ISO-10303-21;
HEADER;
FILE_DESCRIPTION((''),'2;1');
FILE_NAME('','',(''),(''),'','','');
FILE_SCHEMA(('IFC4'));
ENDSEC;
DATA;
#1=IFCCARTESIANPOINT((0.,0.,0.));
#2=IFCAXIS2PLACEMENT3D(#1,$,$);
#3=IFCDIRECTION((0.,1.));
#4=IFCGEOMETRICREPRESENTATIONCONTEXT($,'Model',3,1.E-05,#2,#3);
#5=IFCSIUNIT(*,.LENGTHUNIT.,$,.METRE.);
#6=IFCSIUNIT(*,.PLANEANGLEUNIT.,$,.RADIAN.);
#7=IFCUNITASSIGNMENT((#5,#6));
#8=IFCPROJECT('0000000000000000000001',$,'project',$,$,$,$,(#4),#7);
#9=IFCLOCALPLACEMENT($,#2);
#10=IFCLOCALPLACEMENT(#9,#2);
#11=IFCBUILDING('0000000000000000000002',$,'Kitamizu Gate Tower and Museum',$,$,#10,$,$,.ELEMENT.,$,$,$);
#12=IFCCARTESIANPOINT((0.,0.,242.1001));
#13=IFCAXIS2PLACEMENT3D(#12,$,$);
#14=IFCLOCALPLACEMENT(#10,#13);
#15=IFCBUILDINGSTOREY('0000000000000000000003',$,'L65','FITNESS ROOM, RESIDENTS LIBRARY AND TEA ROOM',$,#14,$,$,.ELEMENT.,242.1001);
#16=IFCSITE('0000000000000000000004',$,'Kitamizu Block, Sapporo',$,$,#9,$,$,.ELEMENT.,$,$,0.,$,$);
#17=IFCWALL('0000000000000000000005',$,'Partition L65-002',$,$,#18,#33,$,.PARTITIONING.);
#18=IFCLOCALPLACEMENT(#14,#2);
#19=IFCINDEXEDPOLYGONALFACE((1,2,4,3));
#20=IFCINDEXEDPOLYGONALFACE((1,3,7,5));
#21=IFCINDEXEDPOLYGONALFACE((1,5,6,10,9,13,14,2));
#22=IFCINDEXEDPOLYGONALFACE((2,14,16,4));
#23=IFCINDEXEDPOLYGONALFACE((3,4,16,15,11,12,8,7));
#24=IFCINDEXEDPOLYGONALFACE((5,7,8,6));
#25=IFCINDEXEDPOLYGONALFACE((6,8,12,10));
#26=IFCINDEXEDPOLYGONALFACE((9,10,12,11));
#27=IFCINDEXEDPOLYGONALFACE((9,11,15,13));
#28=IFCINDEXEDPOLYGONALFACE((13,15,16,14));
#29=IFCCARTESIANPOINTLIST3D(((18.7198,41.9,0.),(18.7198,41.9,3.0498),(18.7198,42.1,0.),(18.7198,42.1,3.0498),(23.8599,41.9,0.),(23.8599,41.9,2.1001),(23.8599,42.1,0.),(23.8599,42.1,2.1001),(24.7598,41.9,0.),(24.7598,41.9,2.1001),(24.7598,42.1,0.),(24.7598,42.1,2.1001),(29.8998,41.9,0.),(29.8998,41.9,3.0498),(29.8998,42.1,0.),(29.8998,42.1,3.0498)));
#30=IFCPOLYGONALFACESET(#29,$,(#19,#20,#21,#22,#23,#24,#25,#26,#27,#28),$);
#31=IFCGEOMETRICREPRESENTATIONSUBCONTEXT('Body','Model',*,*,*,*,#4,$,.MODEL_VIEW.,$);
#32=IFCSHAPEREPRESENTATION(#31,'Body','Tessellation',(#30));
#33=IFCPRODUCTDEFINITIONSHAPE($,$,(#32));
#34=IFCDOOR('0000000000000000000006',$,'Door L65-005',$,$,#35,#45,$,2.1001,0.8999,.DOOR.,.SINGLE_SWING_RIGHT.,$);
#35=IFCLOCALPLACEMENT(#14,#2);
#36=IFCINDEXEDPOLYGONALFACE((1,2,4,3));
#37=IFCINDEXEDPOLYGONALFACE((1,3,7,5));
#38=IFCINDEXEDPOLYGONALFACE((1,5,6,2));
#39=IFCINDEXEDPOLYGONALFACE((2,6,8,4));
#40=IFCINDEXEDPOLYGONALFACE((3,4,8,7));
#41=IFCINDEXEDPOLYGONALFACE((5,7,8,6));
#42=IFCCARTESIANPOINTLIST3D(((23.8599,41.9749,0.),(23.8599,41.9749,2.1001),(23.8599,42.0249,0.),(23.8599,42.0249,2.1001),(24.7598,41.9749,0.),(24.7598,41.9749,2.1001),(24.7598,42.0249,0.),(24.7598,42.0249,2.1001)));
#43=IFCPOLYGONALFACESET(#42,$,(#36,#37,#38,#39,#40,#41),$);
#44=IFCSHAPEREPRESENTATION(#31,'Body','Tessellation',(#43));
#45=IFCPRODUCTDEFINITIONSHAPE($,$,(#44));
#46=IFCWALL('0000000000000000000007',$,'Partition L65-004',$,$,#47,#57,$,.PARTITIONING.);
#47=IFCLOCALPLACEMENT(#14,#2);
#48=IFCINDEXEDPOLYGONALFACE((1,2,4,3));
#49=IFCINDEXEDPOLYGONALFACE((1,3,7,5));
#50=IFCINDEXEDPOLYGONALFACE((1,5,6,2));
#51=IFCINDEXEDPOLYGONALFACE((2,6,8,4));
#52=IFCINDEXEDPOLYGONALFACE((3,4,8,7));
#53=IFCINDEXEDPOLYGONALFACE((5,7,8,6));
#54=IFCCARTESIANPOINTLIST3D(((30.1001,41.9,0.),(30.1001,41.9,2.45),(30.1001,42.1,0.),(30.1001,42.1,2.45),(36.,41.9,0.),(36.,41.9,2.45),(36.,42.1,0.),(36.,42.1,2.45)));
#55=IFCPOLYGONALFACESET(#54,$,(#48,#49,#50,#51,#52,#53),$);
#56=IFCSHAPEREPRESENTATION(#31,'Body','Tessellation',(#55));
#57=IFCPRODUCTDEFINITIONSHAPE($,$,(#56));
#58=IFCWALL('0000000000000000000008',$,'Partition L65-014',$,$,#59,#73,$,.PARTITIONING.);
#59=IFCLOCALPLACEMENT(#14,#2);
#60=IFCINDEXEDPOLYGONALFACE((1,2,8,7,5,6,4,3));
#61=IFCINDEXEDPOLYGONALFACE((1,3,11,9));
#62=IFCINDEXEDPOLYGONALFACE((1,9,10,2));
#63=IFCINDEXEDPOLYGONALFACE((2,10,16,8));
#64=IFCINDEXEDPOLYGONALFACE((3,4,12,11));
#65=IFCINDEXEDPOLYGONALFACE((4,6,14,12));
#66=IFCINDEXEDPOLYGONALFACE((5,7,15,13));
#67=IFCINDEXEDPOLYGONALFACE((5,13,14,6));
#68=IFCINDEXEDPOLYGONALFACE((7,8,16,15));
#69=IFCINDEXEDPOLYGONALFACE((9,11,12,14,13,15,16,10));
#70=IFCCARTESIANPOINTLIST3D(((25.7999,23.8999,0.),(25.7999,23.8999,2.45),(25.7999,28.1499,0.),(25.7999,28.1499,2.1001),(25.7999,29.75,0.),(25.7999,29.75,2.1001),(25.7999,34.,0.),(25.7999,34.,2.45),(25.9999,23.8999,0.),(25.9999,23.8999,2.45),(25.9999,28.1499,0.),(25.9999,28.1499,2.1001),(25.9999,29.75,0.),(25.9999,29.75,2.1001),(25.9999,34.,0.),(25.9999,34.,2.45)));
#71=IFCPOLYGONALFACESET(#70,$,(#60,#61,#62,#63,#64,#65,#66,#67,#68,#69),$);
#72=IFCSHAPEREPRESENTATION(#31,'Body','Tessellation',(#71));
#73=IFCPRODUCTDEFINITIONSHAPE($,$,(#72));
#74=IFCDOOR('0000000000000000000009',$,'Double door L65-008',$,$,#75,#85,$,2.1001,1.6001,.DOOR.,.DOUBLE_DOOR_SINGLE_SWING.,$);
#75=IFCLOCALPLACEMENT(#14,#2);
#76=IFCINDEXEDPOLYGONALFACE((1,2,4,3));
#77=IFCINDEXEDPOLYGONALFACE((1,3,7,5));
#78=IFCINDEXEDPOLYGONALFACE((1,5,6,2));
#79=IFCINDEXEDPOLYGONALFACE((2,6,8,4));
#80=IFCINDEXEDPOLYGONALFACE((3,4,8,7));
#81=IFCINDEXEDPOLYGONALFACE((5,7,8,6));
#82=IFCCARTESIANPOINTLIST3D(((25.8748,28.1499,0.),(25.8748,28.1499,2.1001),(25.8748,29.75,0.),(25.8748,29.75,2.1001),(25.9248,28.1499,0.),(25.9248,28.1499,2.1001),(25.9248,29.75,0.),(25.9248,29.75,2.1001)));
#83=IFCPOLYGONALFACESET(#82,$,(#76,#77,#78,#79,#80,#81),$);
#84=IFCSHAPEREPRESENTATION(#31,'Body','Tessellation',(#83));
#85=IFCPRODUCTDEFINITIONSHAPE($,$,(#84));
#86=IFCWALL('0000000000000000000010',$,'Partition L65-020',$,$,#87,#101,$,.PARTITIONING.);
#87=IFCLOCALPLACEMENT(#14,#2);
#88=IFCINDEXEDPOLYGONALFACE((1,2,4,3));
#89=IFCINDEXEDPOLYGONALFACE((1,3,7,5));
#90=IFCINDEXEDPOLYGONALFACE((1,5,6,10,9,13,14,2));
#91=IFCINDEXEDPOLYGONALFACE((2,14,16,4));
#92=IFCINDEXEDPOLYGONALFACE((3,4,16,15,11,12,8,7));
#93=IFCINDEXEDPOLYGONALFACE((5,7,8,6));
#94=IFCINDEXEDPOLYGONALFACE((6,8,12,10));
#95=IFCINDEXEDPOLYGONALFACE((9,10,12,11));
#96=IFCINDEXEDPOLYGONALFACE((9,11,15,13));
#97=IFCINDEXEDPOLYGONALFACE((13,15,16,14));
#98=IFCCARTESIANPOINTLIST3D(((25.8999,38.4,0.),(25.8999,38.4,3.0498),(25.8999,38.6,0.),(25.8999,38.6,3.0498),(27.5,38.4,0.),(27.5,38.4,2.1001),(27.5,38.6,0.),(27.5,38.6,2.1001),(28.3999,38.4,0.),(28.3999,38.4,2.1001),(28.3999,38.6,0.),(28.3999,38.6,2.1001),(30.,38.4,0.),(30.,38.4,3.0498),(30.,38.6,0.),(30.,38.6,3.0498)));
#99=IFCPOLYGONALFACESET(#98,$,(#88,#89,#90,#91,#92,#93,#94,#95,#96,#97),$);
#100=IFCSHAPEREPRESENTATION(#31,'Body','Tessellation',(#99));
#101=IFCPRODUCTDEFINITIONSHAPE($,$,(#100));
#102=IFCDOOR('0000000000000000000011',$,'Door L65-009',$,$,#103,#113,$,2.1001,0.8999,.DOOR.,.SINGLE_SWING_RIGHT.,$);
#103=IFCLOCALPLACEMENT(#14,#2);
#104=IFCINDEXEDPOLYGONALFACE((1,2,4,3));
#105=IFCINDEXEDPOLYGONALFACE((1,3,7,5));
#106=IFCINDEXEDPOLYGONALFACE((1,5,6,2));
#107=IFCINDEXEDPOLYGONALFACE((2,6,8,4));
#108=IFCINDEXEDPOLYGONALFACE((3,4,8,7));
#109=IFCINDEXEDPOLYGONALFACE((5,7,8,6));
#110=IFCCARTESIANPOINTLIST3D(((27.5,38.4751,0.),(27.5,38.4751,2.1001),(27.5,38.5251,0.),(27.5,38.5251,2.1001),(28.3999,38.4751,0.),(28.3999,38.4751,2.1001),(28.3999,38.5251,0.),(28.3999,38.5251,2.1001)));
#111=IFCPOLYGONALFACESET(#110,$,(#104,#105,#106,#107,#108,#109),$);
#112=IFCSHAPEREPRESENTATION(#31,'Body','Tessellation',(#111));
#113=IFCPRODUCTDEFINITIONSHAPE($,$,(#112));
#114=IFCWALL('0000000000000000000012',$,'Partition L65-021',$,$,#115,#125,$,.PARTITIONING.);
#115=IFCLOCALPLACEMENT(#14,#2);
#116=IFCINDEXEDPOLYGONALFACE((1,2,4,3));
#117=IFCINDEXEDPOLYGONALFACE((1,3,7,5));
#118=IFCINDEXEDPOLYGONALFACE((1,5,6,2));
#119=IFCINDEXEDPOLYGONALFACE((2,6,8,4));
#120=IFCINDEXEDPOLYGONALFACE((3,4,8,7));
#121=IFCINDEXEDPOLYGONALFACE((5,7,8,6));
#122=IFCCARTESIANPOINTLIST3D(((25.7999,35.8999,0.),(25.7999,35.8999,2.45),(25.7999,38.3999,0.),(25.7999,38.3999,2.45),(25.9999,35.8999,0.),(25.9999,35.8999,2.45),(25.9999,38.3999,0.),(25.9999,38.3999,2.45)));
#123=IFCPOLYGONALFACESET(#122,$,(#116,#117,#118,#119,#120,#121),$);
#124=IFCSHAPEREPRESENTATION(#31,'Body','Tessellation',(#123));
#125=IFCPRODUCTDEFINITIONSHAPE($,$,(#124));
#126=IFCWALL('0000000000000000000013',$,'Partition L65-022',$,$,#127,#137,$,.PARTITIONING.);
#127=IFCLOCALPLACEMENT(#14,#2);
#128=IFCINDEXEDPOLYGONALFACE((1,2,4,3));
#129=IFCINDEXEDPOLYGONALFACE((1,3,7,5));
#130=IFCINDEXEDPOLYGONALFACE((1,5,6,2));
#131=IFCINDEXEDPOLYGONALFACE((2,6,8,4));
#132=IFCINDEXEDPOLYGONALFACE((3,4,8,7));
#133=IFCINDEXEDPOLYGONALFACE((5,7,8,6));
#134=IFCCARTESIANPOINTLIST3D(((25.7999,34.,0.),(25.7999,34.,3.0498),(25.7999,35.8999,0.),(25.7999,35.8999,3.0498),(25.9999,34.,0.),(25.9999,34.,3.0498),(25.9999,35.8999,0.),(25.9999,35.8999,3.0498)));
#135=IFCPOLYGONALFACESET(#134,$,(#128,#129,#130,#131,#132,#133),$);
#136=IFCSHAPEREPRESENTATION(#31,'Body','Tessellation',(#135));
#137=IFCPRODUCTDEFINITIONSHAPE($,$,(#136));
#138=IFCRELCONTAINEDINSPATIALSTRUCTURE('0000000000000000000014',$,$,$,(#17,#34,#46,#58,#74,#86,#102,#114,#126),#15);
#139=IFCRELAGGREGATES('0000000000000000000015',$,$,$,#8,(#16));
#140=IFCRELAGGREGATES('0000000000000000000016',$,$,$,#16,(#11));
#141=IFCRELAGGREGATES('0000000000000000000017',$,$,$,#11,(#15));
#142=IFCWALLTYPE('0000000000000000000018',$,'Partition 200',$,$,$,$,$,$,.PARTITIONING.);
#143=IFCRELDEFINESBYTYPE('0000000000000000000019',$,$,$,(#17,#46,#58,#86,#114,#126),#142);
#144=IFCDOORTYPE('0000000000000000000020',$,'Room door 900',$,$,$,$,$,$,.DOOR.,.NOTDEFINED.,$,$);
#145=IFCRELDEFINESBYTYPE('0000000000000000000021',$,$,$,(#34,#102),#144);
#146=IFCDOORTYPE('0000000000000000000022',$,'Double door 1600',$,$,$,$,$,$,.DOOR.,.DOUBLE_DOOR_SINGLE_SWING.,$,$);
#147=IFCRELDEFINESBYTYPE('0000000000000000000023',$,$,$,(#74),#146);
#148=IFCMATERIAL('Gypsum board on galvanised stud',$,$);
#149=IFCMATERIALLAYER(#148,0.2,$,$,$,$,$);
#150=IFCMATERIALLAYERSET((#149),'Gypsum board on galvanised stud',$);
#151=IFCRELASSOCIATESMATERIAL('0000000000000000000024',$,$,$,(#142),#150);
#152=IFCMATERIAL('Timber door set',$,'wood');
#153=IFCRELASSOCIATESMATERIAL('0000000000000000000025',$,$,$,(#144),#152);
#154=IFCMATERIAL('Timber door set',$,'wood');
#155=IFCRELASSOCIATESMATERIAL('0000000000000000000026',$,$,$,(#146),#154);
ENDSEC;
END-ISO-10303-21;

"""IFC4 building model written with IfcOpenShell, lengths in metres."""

from ifc_helpers import new_model, si_unit, direction, frame, frame_2d, origin, place, context, subcontext, project, spatial, rectangle, extrude, material, layer, layer_set, type_object, element, fill, save


model = new_model("IFC4")

# Units and contexts
model_context = context("Model", 3, precision=1e-05, world=origin(), true_north=direction((0.0, 1.0)))
body_context = subcontext(model_context, "Body", "Model", "MODEL_VIEW")
ifc_project = project(units=[si_unit("LENGTHUNIT", "METRE"), si_unit("PLANEANGLEUNIT", "RADIAN")], contexts=[model_context])

# Site, building, storey
site_placement = place(None, origin())
site = spatial("IfcSite", under=ifc_project, at=site_placement, Name="Kitamizu Block, Sapporo", CompositionType="ELEMENT", RefElevation=0.0)
building_placement = place(site_placement, origin())
building = spatial("IfcBuilding", under=site, at=building_placement, Name="Kitamizu Gate Tower and Museum", CompositionType="ELEMENT")
storey_placement = place(building_placement, frame((0.0, 0.0, 242.1001)))
storey = spatial("IfcBuildingStorey", under=building, at=storey_placement, Name="L65", Description="FITNESS ROOM, RESIDENTS LIBRARY AND TEA ROOM", CompositionType="ELEMENT", Elevation=242.1001)

# Shared definitions
ifc_material_1 = material(Name="Gypsum board on galvanised stud")
ifc_layer_1 = layer(ifc_material_1, 0.2)
ifc_layer_set_1 = layer_set([ifc_layer_1], Name="Gypsum board on galvanised stud")
wall_type_1 = type_object("IfcWallType", Name="Partition 200", PredefinedType="PARTITIONING", material=ifc_layer_set_1)

# Wall, opening, door
wall_1_placement = place(storey_placement, frame((18.72, 42.0, 0.0), z_axis=(0.0, 0.0, 1.0), x_axis=(1.0, 0.0, 0.0)))
wall_1 = element("IfcWall", 1, at=wall_1_placement, inside=storey, type_object=wall_type_1, Name="Partition L65-002", PredefinedType="PARTITIONING", context=body_context, shape_type="SweptSolid", body=[
    extrude(rectangle(XDim=11.1799, YDim=0.2, at=frame_2d((5.5898, 0.0))), origin(), (0.0, 0.0, 1.0), 3.0498),
])
opening_1_placement = place(wall_1_placement, frame((5.1399, 0.0, 0.0)))
opening_1 = element("IfcOpeningElement", 2, at=opening_1_placement, cuts=wall_1, PredefinedType="OPENING", context=body_context, shape_type="SweptSolid", body=[
    extrude(rectangle(XDim=0.8999, YDim=2.1001, at=frame_2d((0.45, 1.05))), frame((0.0, 0.1099, 0.0), z_axis=(0.0, -1.0, 0.0), x_axis=(1.0, 0.0, 0.0)), (0.0, 0.0, 1.0), 0.22),
])
ifc_material_2 = material(Name="Timber door set", Category="wood")
door_type_1 = type_object("IfcDoorType", Name="Room door 900", OperationType="NOTDEFINED", PredefinedType="DOOR", material=ifc_material_2)
door_1_placement = place(opening_1_placement, origin())
door_1 = element("IfcDoor", 3, at=door_1_placement, inside=storey, type_object=door_type_1, Name="Door L65-005", OperationType="SINGLE_SWING_RIGHT", OverallHeight=2.1001, OverallWidth=0.8999, PredefinedType="DOOR", context=body_context, shape_type="SweptSolid", body=[
    extrude(rectangle(XDim=0.8999, YDim=2.1001, at=frame_2d((0.45, 1.05))), frame((0.0, 0.0249, 0.0), z_axis=(0.0, -1.0, 0.0), x_axis=(1.0, 0.0, 0.0)), (0.0, 0.0, 1.0), 0.05),
])
fill(opening_1, door_1)

# Wall
wall_2_placement = place(storey_placement, frame((30.1001, 42.0, 0.0), z_axis=(0.0, 0.0, 1.0), x_axis=(1.0, 0.0, 0.0)))
element("IfcWall", 4, at=wall_2_placement, inside=storey, type_object=wall_type_1, Name="Partition L65-004", PredefinedType="PARTITIONING", context=body_context, shape_type="SweptSolid", body=[
    extrude(rectangle(XDim=5.8999, YDim=0.2, at=frame_2d((2.95, 0.0))), origin(), (0.0, 0.0, 1.0), 2.45),
])

# Walls, openings, doors
wall_3_placement = place(storey_placement, frame((25.8999, 34.0, 0.0), z_axis=(0.0, 0.0, 1.0), x_axis=(0.0, -1.0, 0.0)))
wall_3 = element("IfcWall", 5, at=wall_3_placement, inside=storey, type_object=wall_type_1, Name="Partition L65-014", PredefinedType="PARTITIONING", context=body_context, shape_type="SweptSolid", body=[
    extrude(rectangle(XDim=10.1001, YDim=0.2, at=frame_2d((5.05, 0.0))), origin(), (0.0, 0.0, 1.0), 2.45),
])
opening_2_placement = place(wall_3_placement, frame((4.25, 0.0, 0.0)))
opening_2 = element("IfcOpeningElement", 6, at=opening_2_placement, cuts=wall_3, PredefinedType="OPENING", context=body_context, shape_type="SweptSolid", body=[
    extrude(rectangle(XDim=1.6001, YDim=2.1001, at=frame_2d((0.8, 1.05))), frame((0.0, 0.1099, 0.0), z_axis=(0.0, -1.0, 0.0), x_axis=(1.0, 0.0, 0.0)), (0.0, 0.0, 1.0), 0.22),
])
ifc_material_3 = material(Name="Timber door set", Category="wood")
door_type_2 = type_object("IfcDoorType", Name="Double door 1600", OperationType="DOUBLE_DOOR_SINGLE_SWING", PredefinedType="DOOR", material=ifc_material_3)
door_2_placement = place(opening_2_placement, origin())
door_2 = element("IfcDoor", 7, at=door_2_placement, inside=storey, type_object=door_type_2, Name="Double door L65-008", OperationType="DOUBLE_DOOR_SINGLE_SWING", OverallHeight=2.1001, OverallWidth=1.6001, PredefinedType="DOOR", context=body_context, shape_type="SweptSolid", body=[
    extrude(rectangle(XDim=1.6001, YDim=2.1001, at=frame_2d((0.8, 1.05))), frame((0.0, 0.0249, 0.0), z_axis=(0.0, -1.0, 0.0), x_axis=(1.0, 0.0, 0.0)), (0.0, 0.0, 1.0), 0.05),
])
fill(opening_2, door_2)
wall_4_placement = place(storey_placement, frame((30.0, 38.5, 0.0), z_axis=(0.0, 0.0, 1.0), x_axis=(-1.0, 0.0, 0.0)))
wall_4 = element("IfcWall", 8, at=wall_4_placement, inside=storey, type_object=wall_type_1, Name="Partition L65-020", PredefinedType="PARTITIONING", context=body_context, shape_type="SweptSolid", body=[
    extrude(rectangle(XDim=4.1001, YDim=0.2, at=frame_2d((2.05, 0.0))), origin(), (0.0, 0.0, 1.0), 3.0498),
])
opening_3_placement = place(wall_4_placement, frame((1.6001, 0.0, 0.0)))
opening_3 = element("IfcOpeningElement", 9, at=opening_3_placement, cuts=wall_4, PredefinedType="OPENING", context=body_context, shape_type="SweptSolid", body=[
    extrude(rectangle(XDim=0.8999, YDim=2.1001, at=frame_2d((0.45, 1.05))), frame((0.0, 0.1099, 0.0), z_axis=(0.0, -1.0, 0.0), x_axis=(1.0, 0.0, 0.0)), (0.0, 0.0, 1.0), 0.22),
])
door_3_placement = place(opening_3_placement, origin())
door_3 = element("IfcDoor", 10, at=door_3_placement, inside=storey, type_object=door_type_1, Name="Door L65-009", OperationType="SINGLE_SWING_RIGHT", OverallHeight=2.1001, OverallWidth=0.8999, PredefinedType="DOOR", context=body_context, shape_type="SweptSolid", body=[
    extrude(rectangle(XDim=0.8999, YDim=2.1001, at=frame_2d((0.45, 1.05))), frame((0.0, 0.0249, 0.0), z_axis=(0.0, -1.0, 0.0), x_axis=(1.0, 0.0, 0.0)), (0.0, 0.0, 1.0), 0.05),
])
fill(opening_3, door_3)

# Walls
wall_5_placement = place(storey_placement, frame((25.8999, 38.3999, 0.0), z_axis=(0.0, 0.0, 1.0), x_axis=(0.0, -1.0, 0.0)))
element("IfcWall", 11, at=wall_5_placement, inside=storey, type_object=wall_type_1, Name="Partition L65-021", PredefinedType="PARTITIONING", context=body_context, shape_type="SweptSolid", body=[
    extrude(rectangle(XDim=2.5, YDim=0.2, at=frame_2d((1.25, 0.0))), origin(), (0.0, 0.0, 1.0), 2.45),
])
wall_6_placement = place(storey_placement, frame((25.8999, 35.8999, 0.0), z_axis=(0.0, 0.0, 1.0), x_axis=(0.0, -1.0, 0.0)))
element("IfcWall", 12, at=wall_6_placement, inside=storey, type_object=wall_type_1, Name="Partition L65-022", PredefinedType="PARTITIONING", context=body_context, shape_type="SweptSolid", body=[
    extrude(rectangle(XDim=1.8999, YDim=0.2, at=frame_2d((0.95, 0.0))), origin(), (0.0, 0.0, 1.0), 3.0498),
])

save(model, "model.ifc")
